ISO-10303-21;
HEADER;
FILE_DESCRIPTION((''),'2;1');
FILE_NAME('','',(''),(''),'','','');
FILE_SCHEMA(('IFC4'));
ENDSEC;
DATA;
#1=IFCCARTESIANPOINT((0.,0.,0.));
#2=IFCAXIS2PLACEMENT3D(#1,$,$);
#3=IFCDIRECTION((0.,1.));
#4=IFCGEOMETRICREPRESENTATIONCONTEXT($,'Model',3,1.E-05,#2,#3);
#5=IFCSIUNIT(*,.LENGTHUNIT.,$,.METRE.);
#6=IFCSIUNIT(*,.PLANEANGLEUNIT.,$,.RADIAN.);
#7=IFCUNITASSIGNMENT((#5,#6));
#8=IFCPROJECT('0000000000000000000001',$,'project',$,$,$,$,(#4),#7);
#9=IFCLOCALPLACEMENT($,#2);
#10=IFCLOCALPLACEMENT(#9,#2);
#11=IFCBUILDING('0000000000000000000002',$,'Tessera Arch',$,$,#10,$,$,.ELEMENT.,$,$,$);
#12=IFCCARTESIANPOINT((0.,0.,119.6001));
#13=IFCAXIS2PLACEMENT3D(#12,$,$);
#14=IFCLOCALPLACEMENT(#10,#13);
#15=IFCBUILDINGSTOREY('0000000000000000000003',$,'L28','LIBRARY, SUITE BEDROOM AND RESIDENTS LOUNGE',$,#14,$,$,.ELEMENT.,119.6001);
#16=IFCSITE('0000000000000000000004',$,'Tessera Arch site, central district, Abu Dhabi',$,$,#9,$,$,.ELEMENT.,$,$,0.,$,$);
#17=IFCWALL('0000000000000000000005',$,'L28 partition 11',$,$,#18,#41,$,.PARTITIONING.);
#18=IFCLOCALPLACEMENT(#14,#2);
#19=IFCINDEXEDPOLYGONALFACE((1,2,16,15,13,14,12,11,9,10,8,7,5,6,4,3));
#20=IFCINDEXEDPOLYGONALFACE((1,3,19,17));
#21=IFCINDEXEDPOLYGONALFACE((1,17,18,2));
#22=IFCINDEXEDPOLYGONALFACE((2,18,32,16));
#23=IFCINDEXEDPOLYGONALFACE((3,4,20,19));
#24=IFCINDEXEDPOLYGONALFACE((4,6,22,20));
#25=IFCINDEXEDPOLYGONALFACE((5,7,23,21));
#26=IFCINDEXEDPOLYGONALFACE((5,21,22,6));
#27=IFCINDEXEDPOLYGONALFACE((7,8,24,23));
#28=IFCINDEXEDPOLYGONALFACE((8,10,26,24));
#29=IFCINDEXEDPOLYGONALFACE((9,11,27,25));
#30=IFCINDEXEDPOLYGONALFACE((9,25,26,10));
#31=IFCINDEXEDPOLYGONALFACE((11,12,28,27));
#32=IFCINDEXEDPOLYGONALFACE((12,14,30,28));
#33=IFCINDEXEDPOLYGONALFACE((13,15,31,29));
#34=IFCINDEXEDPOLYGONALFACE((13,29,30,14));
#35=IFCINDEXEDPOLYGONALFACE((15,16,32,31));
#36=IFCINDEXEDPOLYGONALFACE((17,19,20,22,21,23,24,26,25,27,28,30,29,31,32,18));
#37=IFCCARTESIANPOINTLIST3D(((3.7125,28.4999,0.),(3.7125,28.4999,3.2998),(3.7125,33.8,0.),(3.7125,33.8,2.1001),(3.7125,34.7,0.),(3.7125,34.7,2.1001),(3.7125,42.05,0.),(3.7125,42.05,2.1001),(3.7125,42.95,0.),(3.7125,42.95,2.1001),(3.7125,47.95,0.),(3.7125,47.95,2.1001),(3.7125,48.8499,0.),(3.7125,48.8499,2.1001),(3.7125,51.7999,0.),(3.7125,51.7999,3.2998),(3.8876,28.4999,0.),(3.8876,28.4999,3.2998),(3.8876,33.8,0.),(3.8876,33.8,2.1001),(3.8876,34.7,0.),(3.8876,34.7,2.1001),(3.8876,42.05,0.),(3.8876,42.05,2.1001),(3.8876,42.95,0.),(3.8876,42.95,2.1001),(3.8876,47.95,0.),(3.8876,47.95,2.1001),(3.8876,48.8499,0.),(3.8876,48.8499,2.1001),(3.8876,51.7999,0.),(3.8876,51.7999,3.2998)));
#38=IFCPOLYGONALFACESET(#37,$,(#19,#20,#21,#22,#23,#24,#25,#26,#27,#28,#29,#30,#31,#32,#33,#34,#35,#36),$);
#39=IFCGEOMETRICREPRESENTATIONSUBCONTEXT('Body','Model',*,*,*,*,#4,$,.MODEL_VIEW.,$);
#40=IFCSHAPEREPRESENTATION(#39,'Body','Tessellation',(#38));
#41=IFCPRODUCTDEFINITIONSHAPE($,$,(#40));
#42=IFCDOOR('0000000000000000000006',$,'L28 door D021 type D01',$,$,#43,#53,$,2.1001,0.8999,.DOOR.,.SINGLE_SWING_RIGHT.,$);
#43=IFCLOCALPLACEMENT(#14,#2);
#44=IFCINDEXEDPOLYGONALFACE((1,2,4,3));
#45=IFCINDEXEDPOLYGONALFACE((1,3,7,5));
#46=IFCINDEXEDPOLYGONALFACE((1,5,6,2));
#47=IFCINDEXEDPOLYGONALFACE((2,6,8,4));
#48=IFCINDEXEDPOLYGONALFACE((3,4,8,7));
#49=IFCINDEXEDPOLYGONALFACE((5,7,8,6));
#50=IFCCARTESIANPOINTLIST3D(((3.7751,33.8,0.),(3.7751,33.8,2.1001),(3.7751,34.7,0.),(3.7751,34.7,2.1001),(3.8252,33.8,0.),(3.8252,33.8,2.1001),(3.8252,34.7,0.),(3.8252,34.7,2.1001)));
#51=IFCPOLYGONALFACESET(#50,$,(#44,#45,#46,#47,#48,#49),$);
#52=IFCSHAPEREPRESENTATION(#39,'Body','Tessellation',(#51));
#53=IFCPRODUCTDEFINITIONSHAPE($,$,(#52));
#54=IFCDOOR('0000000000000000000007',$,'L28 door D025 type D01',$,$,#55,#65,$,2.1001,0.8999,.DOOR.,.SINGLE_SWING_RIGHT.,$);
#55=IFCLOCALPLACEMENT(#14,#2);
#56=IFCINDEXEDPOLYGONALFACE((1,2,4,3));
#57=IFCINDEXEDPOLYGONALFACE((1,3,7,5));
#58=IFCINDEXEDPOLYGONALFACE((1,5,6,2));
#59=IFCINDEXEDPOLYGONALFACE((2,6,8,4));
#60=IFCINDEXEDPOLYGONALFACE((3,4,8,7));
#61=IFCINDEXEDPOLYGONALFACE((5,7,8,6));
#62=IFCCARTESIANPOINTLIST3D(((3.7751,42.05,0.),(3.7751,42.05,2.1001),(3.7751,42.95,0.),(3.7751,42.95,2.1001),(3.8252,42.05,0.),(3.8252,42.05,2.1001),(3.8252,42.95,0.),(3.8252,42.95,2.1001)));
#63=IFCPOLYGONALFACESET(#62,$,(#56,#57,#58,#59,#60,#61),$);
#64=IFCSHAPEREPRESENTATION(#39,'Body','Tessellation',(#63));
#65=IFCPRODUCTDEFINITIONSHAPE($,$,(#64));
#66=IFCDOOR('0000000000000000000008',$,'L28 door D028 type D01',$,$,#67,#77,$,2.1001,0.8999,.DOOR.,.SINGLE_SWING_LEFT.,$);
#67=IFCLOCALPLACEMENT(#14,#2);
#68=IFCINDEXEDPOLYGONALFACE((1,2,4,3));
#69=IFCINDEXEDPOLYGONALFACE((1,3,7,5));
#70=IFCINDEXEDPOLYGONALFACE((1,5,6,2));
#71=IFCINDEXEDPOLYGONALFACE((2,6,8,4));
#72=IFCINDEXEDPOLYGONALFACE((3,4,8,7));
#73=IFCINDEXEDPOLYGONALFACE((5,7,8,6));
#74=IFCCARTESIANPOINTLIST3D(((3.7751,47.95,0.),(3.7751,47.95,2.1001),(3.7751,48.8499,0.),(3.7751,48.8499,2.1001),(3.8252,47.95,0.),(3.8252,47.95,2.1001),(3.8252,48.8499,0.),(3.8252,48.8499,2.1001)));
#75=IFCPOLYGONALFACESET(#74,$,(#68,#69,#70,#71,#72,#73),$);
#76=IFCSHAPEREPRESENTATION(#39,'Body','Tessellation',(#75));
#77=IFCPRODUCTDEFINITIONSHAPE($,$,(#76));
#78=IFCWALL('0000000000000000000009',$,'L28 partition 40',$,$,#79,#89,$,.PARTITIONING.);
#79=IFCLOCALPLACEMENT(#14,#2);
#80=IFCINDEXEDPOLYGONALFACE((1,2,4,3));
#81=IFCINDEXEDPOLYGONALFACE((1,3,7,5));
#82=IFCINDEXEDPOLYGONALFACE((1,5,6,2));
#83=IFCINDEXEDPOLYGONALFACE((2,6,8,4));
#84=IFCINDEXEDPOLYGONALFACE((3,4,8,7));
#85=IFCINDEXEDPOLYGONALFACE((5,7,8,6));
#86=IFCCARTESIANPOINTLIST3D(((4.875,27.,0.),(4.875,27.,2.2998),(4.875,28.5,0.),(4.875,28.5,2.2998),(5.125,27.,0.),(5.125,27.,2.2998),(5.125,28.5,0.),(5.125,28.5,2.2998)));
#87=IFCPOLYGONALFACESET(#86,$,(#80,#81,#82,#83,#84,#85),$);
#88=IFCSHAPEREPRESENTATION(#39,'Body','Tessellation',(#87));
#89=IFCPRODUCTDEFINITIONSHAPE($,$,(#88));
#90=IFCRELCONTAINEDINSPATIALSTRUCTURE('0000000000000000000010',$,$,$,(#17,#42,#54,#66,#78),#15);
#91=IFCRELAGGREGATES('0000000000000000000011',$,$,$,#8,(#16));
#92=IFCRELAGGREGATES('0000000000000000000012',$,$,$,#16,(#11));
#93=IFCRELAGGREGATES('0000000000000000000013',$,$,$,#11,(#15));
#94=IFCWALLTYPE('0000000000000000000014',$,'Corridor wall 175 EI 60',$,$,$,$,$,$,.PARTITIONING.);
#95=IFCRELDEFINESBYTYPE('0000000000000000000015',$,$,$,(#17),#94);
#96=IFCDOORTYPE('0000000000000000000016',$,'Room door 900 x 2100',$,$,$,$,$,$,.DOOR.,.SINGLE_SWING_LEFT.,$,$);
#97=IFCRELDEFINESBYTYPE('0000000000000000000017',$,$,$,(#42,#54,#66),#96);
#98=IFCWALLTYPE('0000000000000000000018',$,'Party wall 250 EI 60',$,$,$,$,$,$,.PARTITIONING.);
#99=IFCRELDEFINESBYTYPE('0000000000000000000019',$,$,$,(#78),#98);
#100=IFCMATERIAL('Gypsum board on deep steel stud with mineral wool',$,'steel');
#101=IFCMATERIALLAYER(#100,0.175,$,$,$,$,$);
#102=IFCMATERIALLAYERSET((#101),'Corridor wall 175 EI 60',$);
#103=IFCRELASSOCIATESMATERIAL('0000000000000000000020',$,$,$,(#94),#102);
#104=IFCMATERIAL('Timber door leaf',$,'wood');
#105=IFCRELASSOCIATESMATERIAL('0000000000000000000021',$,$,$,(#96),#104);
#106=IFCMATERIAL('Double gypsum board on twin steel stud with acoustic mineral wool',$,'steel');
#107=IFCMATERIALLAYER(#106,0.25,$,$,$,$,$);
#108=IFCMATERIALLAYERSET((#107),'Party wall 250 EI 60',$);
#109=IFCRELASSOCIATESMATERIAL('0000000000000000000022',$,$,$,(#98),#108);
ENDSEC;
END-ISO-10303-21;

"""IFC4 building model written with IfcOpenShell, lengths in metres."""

from ifc_helpers import new_model, si_unit, direction, frame, frame_2d, origin, place, context, subcontext, project, spatial, rectangle, extrude, material, layer, layer_set, type_object, element, fill, save


model = new_model("IFC4")

# Units and contexts
model_context = context("Model", 3, precision=1e-05, world=origin(), true_north=direction((0.0, 1.0)))
body_context = subcontext(model_context, "Body", "Model", "MODEL_VIEW")
ifc_project = project(units=[si_unit("LENGTHUNIT", "METRE"), si_unit("PLANEANGLEUNIT", "RADIAN")], contexts=[model_context])

# Site, building, storey
site_placement = place(None, origin())
site = spatial("IfcSite", under=ifc_project, at=site_placement, Name="Tessera Arch site, central district, Abu Dhabi", CompositionType="ELEMENT", RefElevation=0.0)
building_placement = place(site_placement, origin())
building = spatial("IfcBuilding", under=site, at=building_placement, Name="Tessera Arch", CompositionType="ELEMENT")
storey_placement = place(building_placement, frame((0.0, 0.0, 119.6001)))
storey = spatial("IfcBuildingStorey", under=building, at=storey_placement, Name="L28", Description="LIBRARY, SUITE BEDROOM AND RESIDENTS LOUNGE", CompositionType="ELEMENT", Elevation=119.6001)

# Shared definitions
ifc_material_1 = material(Name="Gypsum board on deep steel stud with mineral wool", Category="steel")
ifc_layer_1 = layer(ifc_material_1, 0.175)
ifc_layer_set_1 = layer_set([ifc_layer_1], Name="Corridor wall 175 EI 60")
wall_type_1 = type_object("IfcWallType", Name="Corridor wall 175 EI 60", PredefinedType="PARTITIONING", material=ifc_layer_set_1)

# Wall, openings, doors
wall_1_placement = place(storey_placement, frame((3.8, 28.5, 0.0), z_axis=(0.0, 0.0, 1.0), x_axis=(0.0, 1.0, 0.0)))
wall_1 = element("IfcWall", 1, at=wall_1_placement, inside=storey, type_object=wall_type_1, Name="L28 partition 11", PredefinedType="PARTITIONING", context=body_context, shape_type="SweptSolid", body=[
    extrude(rectangle(XDim=23.3, YDim=0.175, at=frame_2d((11.6499, 0.0))), origin(), (0.0, 0.0, 1.0), 3.2998),
])
opening_1_placement = place(wall_1_placement, frame((5.3, 0.0, 0.0)))
opening_1 = element("IfcOpeningElement", 2, at=opening_1_placement, cuts=wall_1, PredefinedType="OPENING", context=body_context, shape_type="SweptSolid", body=[
    extrude(rectangle(XDim=0.8999, YDim=2.1001, at=frame_2d((0.45, 1.05))), frame((0.0, 0.0974, 0.0), z_axis=(0.0, -1.0, 0.0), x_axis=(1.0, 0.0, 0.0)), (0.0, 0.0, 1.0), 0.1951),
])
opening_2_placement = place(wall_1_placement, frame((13.55, 0.0, 0.0)))
opening_2 = element("IfcOpeningElement", 3, at=opening_2_placement, cuts=wall_1, PredefinedType="OPENING", context=body_context, shape_type="SweptSolid", body=[
    extrude(rectangle(XDim=0.8999, YDim=2.1001, at=frame_2d((0.45, 1.05))), frame((0.0, 0.0974, 0.0), z_axis=(0.0, -1.0, 0.0), x_axis=(1.0, 0.0, 0.0)), (0.0, 0.0, 1.0), 0.1951),
])
opening_3_placement = place(wall_1_placement, frame((19.45, 0.0, 0.0)))
opening_3 = element("IfcOpeningElement", 4, at=opening_3_placement, cuts=wall_1, PredefinedType="OPENING", context=body_context, shape_type="SweptSolid", body=[
    extrude(rectangle(XDim=0.8999, YDim=2.1001, at=frame_2d((0.45, 1.05))), frame((0.0, 0.0974, 0.0), z_axis=(0.0, -1.0, 0.0), x_axis=(1.0, 0.0, 0.0)), (0.0, 0.0, 1.0), 0.1951),
])
ifc_material_2 = material(Name="Timber door leaf", Category="wood")
door_type_1 = type_object("IfcDoorType", Name="Room door 900 x 2100", OperationType="SINGLE_SWING_LEFT", PredefinedType="DOOR", material=ifc_material_2)
door_1_placement = place(opening_1_placement, origin())
door_1 = element("IfcDoor", 5, at=door_1_placement, inside=storey, type_object=door_type_1, Name="L28 door D021 type D01", OperationType="SINGLE_SWING_RIGHT", OverallHeight=2.1001, OverallWidth=0.8999, PredefinedType="DOOR", context=body_context, shape_type="SweptSolid", body=[
    extrude(rectangle(XDim=0.8999, YDim=2.1001, at=frame_2d((0.45, 1.05))), frame((0.0, 0.0249, 0.0), z_axis=(0.0, -1.0, 0.0), x_axis=(1.0, 0.0, 0.0)), (0.0, 0.0, 1.0), 0.05),
])
fill(opening_1, door_1)
door_2_placement = place(opening_2_placement, origin())
door_2 = element("IfcDoor", 6, at=door_2_placement, inside=storey, type_object=door_type_1, Name="L28 door D025 type D01", OperationType="SINGLE_SWING_RIGHT", OverallHeight=2.1001, OverallWidth=0.8999, PredefinedType="DOOR", context=body_context, shape_type="SweptSolid", body=[
    extrude(rectangle(XDim=0.8999, YDim=2.1001, at=frame_2d((0.45, 1.05))), frame((0.0, 0.0249, 0.0), z_axis=(0.0, -1.0, 0.0), x_axis=(1.0, 0.0, 0.0)), (0.0, 0.0, 1.0), 0.05),
])
fill(opening_2, door_2)
door_3_placement = place(opening_3_placement, origin())
door_3 = element("IfcDoor", 7, at=door_3_placement, inside=storey, type_object=door_type_1, Name="L28 door D028 type D01", OperationType="SINGLE_SWING_LEFT", OverallHeight=2.1001, OverallWidth=0.8999, PredefinedType="DOOR", context=body_context, shape_type="SweptSolid", body=[
    extrude(rectangle(XDim=0.8999, YDim=2.1001, at=frame_2d((0.45, 1.05))), frame((0.0, 0.0249, 0.0), z_axis=(0.0, -1.0, 0.0), x_axis=(1.0, 0.0, 0.0)), (0.0, 0.0, 1.0), 0.05),
])
fill(opening_3, door_3)

# Wall
ifc_material_3 = material(Name="Double gypsum board on twin steel stud with acoustic mineral wool", Category="steel")
ifc_layer_2 = layer(ifc_material_3, 0.25)
ifc_layer_set_2 = layer_set([ifc_layer_2], Name="Party wall 250 EI 60")
wall_type_2 = type_object("IfcWallType", Name="Party wall 250 EI 60", PredefinedType="PARTITIONING", material=ifc_layer_set_2)
wall_2_placement = place(storey_placement, frame((5.0, 27.0, 0.0), z_axis=(0.0, 0.0, 1.0), x_axis=(0.0, 1.0, 0.0)))
element("IfcWall", 8, at=wall_2_placement, inside=storey, type_object=wall_type_2, Name="L28 partition 40", PredefinedType="PARTITIONING", context=body_context, shape_type="SweptSolid", body=[
    extrude(rectangle(XDim=1.5, YDim=0.25, at=frame_2d((0.75, 0.0))), origin(), (0.0, 0.0, 1.0), 2.2998),
])

save(model, "model.ifc")
